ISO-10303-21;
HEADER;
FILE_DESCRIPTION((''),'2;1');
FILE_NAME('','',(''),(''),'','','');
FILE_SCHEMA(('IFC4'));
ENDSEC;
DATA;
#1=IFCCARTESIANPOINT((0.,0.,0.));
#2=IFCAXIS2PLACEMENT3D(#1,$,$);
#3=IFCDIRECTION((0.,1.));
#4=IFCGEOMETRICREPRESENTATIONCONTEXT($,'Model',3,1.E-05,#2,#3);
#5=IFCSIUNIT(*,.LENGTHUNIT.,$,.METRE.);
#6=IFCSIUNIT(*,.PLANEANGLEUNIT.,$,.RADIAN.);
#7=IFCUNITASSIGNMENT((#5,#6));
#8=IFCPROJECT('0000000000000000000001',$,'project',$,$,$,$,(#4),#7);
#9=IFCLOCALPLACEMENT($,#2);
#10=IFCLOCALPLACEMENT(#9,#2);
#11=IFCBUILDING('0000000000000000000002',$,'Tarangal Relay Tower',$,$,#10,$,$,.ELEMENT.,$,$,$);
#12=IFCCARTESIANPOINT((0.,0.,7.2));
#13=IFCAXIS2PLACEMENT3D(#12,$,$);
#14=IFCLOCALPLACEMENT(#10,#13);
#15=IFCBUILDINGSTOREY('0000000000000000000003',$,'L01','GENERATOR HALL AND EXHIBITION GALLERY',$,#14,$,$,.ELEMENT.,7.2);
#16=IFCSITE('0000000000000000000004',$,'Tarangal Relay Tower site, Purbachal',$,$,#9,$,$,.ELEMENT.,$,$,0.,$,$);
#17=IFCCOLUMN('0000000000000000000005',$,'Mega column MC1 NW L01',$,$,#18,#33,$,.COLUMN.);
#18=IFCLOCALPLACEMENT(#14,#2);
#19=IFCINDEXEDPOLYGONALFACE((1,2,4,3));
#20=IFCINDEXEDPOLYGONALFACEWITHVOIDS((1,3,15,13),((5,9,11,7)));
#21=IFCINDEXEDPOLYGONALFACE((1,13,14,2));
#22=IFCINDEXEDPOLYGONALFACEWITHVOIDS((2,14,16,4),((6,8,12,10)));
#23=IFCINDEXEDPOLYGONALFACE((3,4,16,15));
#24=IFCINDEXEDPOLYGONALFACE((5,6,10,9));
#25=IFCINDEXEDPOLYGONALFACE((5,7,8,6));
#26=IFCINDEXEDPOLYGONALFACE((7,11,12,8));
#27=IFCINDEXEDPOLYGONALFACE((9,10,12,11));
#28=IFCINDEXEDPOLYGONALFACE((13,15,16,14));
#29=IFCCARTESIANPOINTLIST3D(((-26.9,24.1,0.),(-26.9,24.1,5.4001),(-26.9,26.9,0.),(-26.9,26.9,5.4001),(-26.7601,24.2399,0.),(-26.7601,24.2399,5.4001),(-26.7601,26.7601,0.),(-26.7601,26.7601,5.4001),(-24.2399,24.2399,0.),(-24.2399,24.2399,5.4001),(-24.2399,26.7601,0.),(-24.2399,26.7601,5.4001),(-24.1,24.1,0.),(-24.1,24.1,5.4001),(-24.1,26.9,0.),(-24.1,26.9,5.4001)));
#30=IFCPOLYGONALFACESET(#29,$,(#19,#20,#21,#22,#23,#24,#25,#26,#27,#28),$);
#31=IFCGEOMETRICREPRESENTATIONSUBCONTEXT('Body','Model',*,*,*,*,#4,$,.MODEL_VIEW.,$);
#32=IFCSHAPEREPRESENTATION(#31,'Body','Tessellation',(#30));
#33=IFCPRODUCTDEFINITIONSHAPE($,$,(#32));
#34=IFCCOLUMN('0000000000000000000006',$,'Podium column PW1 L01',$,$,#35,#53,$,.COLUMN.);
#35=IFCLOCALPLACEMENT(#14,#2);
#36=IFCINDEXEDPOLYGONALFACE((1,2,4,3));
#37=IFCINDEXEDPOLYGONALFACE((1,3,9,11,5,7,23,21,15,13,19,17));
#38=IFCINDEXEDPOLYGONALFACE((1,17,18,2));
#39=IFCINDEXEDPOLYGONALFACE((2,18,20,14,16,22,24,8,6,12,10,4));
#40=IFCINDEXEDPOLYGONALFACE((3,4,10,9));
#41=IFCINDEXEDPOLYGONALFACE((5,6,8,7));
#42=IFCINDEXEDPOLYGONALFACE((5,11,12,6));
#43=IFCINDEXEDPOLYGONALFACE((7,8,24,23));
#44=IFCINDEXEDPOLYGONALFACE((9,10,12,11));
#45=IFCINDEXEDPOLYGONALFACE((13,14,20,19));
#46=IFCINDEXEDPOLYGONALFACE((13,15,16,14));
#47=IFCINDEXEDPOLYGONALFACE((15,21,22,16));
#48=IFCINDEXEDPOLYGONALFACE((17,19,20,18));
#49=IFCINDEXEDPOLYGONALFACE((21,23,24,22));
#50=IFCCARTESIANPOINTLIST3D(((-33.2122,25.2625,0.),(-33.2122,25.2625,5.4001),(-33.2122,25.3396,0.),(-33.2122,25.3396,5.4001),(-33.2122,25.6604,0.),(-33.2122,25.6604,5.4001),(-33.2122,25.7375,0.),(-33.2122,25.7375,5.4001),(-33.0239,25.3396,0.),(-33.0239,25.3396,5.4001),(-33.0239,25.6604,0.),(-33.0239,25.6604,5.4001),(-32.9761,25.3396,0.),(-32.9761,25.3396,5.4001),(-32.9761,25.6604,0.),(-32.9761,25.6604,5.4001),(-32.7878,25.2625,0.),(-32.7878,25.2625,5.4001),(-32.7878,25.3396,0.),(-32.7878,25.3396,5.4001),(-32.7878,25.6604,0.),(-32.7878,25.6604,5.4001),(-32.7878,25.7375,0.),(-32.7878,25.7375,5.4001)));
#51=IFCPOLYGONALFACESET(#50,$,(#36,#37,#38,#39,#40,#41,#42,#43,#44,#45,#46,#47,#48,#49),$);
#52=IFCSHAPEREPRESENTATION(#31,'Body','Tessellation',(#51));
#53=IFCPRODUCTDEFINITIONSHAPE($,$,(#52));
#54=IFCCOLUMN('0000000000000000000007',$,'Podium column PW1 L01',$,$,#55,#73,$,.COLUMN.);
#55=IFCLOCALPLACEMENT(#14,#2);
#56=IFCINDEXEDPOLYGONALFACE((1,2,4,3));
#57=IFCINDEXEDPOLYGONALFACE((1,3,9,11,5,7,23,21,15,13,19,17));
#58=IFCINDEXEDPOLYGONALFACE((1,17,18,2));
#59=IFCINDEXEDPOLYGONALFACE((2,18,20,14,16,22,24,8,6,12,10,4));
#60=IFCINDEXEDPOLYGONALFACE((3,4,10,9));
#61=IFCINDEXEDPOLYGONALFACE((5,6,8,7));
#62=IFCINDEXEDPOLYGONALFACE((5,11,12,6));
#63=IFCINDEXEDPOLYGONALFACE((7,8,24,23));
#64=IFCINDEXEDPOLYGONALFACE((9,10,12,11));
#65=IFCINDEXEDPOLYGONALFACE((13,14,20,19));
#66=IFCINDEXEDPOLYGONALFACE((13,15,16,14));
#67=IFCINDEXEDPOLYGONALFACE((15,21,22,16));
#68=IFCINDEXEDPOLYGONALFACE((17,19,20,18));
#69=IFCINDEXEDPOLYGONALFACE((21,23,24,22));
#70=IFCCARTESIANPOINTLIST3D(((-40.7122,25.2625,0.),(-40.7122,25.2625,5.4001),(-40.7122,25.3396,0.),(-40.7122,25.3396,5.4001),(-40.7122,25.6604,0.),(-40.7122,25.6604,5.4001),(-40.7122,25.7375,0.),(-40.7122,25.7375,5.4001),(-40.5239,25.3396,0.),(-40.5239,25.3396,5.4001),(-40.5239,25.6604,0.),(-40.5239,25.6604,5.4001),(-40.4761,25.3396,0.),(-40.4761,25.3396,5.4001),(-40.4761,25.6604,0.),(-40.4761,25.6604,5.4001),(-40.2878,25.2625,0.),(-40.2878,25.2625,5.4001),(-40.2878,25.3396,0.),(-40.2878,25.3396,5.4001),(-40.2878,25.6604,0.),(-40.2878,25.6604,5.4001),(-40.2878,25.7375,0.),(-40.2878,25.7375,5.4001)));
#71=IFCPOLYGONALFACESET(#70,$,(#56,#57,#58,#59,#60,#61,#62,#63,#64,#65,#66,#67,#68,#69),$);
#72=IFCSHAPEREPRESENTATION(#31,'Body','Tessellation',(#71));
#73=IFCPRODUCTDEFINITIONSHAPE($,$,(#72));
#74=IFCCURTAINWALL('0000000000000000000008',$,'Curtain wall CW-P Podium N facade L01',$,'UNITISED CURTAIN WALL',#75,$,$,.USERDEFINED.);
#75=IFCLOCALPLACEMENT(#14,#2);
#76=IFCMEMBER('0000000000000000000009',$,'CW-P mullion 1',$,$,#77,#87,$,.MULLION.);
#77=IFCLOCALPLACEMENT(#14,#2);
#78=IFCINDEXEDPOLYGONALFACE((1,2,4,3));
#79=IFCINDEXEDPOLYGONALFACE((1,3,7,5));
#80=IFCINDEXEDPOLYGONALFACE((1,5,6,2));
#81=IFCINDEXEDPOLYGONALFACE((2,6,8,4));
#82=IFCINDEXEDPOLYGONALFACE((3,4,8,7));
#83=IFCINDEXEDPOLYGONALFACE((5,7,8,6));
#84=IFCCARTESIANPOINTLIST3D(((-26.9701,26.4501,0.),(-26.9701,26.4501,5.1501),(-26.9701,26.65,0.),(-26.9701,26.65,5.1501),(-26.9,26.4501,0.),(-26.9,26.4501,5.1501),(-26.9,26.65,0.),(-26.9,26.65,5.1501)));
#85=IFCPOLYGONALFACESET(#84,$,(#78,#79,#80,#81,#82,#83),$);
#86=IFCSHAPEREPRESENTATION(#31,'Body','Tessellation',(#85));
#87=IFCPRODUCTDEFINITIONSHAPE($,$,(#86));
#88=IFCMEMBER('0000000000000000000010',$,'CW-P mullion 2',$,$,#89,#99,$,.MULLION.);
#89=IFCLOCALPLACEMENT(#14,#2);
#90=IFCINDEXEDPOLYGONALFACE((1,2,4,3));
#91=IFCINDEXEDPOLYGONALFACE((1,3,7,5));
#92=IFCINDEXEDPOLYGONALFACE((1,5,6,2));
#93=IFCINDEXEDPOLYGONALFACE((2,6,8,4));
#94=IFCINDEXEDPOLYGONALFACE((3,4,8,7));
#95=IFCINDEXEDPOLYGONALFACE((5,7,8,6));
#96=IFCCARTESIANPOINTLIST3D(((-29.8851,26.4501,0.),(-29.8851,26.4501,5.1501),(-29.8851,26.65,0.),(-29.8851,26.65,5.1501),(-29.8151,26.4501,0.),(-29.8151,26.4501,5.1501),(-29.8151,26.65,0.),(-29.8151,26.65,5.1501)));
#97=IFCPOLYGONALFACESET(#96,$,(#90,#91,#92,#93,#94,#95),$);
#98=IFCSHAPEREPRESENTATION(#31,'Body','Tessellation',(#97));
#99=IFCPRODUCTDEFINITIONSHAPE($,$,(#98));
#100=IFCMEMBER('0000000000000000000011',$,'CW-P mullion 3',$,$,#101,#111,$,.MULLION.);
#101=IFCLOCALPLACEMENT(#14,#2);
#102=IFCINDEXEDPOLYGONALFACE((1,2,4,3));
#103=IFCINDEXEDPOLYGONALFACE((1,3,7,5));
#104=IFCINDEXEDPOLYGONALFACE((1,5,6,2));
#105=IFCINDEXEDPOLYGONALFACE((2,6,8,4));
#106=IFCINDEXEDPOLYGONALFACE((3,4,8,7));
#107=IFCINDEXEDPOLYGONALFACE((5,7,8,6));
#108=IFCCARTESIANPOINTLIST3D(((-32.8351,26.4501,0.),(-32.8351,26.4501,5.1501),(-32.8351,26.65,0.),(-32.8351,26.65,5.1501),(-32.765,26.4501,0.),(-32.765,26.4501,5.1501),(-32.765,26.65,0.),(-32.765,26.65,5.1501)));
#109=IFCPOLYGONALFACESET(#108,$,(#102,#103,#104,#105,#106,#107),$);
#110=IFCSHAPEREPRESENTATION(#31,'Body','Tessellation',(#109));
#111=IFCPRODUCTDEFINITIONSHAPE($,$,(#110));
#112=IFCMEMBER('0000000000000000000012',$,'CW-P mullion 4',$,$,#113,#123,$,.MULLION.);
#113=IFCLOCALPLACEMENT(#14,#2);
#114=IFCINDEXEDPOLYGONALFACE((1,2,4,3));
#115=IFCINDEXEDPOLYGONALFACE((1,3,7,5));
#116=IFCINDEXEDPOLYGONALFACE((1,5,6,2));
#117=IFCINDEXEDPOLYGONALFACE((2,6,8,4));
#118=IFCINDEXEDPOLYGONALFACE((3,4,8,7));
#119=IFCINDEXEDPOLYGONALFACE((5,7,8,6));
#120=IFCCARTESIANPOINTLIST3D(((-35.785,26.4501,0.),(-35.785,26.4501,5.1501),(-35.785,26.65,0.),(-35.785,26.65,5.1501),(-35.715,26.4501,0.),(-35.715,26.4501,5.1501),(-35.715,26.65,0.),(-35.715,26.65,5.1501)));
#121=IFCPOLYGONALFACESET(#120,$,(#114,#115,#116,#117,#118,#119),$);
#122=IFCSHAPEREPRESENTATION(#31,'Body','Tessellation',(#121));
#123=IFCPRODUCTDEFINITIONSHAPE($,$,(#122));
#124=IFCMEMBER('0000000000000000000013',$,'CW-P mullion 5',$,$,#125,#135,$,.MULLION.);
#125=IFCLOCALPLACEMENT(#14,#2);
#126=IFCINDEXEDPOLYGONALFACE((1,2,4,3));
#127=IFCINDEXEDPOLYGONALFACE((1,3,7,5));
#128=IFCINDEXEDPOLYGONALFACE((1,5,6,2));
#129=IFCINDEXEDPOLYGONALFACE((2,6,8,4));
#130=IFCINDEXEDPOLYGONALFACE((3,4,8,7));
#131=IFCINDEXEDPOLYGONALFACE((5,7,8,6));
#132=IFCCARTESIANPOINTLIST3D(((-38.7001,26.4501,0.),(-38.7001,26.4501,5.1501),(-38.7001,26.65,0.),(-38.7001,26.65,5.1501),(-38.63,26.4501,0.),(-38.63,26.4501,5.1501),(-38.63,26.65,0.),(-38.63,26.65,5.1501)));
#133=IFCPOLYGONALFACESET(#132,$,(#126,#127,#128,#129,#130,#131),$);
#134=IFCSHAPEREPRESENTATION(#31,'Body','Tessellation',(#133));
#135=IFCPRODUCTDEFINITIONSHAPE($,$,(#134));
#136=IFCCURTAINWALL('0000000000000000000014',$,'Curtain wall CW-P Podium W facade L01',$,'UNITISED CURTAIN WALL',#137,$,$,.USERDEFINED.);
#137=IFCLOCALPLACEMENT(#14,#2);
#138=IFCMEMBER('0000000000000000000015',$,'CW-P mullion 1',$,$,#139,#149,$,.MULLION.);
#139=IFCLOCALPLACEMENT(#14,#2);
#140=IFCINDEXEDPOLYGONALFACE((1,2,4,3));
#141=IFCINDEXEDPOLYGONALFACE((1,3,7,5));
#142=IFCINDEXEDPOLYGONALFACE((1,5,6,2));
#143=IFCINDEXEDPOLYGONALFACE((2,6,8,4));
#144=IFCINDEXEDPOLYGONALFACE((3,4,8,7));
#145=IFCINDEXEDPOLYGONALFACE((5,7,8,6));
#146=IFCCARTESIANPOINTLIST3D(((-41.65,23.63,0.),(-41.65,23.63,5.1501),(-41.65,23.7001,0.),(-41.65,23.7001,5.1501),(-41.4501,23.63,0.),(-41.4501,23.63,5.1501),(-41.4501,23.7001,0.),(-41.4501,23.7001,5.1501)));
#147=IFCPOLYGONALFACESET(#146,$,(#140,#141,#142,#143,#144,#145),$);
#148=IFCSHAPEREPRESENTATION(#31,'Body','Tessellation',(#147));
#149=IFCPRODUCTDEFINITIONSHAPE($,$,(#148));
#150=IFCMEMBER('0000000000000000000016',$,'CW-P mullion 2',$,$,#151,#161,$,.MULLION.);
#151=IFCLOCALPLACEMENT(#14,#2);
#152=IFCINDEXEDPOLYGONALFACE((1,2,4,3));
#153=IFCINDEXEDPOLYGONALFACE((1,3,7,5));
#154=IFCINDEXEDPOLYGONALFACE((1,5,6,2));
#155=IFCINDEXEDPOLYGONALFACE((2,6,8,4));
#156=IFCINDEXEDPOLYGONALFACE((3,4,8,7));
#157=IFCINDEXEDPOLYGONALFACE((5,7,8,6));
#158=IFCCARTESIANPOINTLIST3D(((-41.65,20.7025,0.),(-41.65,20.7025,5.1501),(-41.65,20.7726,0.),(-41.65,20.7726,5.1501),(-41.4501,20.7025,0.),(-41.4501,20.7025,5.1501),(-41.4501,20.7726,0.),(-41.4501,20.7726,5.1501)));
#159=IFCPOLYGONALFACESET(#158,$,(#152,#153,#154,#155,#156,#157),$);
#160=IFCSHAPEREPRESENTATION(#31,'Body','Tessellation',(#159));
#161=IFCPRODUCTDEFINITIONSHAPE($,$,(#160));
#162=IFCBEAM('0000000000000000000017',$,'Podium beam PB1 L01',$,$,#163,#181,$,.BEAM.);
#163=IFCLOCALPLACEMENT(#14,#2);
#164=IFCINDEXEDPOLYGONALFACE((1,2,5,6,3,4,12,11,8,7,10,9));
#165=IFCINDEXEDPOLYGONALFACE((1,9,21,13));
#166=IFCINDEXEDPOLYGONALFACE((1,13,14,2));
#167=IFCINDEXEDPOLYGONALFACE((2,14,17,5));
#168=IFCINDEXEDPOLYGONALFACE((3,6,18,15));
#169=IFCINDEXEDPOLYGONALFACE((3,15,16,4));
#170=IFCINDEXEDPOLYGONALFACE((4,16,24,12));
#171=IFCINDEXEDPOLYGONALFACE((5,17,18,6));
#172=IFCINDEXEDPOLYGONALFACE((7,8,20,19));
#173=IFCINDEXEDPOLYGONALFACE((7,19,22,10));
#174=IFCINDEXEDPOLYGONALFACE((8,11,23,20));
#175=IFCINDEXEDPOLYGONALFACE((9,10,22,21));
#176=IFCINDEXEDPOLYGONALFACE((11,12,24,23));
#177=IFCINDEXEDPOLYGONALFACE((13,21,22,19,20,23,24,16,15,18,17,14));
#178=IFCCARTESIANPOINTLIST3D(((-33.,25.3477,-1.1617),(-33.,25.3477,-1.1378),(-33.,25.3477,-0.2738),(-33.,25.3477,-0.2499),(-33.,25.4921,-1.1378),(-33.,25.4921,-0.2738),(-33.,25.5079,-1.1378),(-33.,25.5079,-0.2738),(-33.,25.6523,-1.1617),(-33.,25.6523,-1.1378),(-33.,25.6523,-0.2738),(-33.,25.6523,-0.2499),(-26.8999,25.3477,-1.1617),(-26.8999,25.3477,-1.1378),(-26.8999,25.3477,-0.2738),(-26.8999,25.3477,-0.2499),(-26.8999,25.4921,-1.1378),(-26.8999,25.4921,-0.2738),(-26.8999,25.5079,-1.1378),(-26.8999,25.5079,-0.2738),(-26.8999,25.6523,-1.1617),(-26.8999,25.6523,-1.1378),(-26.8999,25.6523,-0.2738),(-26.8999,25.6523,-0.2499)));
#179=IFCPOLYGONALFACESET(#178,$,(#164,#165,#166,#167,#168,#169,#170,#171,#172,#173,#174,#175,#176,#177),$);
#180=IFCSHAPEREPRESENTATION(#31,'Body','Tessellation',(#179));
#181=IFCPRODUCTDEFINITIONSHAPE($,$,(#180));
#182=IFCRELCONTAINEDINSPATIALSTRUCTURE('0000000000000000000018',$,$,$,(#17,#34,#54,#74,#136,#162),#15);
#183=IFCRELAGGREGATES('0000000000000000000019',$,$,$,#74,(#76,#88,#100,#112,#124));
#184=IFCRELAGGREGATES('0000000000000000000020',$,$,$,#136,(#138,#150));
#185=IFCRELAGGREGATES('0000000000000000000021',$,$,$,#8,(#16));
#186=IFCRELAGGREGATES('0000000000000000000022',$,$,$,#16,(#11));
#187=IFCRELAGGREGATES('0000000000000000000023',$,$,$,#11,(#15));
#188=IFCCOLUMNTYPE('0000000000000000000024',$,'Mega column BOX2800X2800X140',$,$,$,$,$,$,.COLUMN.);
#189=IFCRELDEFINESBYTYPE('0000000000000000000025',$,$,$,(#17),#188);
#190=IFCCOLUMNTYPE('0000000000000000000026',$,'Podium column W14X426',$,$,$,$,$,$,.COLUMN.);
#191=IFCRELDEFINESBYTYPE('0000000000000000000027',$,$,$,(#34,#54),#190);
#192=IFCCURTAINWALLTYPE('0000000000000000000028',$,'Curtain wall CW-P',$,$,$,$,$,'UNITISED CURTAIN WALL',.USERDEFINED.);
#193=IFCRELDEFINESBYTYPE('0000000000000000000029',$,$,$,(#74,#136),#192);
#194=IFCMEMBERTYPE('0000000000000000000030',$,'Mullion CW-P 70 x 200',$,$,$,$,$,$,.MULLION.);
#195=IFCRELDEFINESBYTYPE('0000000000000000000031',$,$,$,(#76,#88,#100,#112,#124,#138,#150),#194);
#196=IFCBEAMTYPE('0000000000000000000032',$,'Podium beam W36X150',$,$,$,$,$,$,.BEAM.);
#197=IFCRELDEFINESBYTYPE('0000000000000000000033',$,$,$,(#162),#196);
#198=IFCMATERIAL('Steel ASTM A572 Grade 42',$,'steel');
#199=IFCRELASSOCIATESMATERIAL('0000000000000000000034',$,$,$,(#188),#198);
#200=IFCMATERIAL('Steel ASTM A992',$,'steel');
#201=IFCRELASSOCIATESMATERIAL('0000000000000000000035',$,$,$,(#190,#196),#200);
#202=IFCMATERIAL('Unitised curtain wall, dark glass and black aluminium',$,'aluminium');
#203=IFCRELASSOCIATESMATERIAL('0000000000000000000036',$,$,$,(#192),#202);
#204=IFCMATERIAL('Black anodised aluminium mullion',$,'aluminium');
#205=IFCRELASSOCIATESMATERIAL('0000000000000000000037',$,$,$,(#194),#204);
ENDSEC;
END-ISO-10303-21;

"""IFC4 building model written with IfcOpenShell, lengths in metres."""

from ifc_helpers import new_model, si_unit, direction, frame, origin, origin_2d, place, context, subcontext, project, spatial, rectangle, hollow_rectangle, i_section, extrude, material, material_profile, profile_set, type_object, element, aggregate, save


model = new_model("IFC4")

# Units and contexts
model_context = context("Model", 3, precision=1e-05, world=origin(), true_north=direction((0.0, 1.0)))
body_context = subcontext(model_context, "Body", "Model", "MODEL_VIEW")
ifc_project = project(units=[si_unit("LENGTHUNIT", "METRE"), si_unit("PLANEANGLEUNIT", "RADIAN")], contexts=[model_context])

# Site, building, storey
site_placement = place(None, origin())
site = spatial("IfcSite", under=ifc_project, at=site_placement, Name="Tarangal Relay Tower site, Purbachal", CompositionType="ELEMENT", RefElevation=0.0)
building_placement = place(site_placement, origin())
building = spatial("IfcBuilding", under=site, at=building_placement, Name="Tarangal Relay Tower", CompositionType="ELEMENT")
storey_placement = place(building_placement, frame((0.0, 0.0, 7.2)))
storey = spatial("IfcBuildingStorey", under=building, at=storey_placement, Name="L01", Description="GENERATOR HALL AND EXHIBITION GALLERY", CompositionType="ELEMENT", Elevation=7.2)

# Columns
ifc_material_1 = material(Name="Steel ASTM A572 Grade 42", Category="steel")
ifc_material_profile_1 = material_profile(ifc_material_1, hollow_rectangle(XDim=2.8, YDim=2.8, WallThickness=0.1399, at=origin_2d()), Name="BOX2800X2800X140")
ifc_profile_set_1 = profile_set([ifc_material_profile_1], Name="Steel ASTM A572 Grade 42")
column_type_1 = type_object("IfcColumnType", Name="Mega column BOX2800X2800X140", PredefinedType="COLUMN", material=ifc_profile_set_1)
column_placement = place(storey_placement, frame((-25.5, 25.5, 0.0), z_axis=(0.0, 0.0, 1.0), x_axis=(1.0, 0.0, 0.0)))
element("IfcColumn", 1, at=column_placement, inside=storey, type_object=column_type_1, Name="Mega column MC1 NW L01", PredefinedType="COLUMN", context=body_context, shape_type="SweptSolid", body=[
    extrude(hollow_rectangle(XDim=2.8, YDim=2.8, WallThickness=0.1399, at=origin_2d()), origin(), (0.0, 0.0, 1.0), 5.4001),
])
ifc_material_2 = material(Name="Steel ASTM A992", Category="steel")
ifc_material_profile_2 = material_profile(ifc_material_2, i_section(OverallWidth=0.4243, OverallDepth=0.4751, WebThickness=0.0479, FlangeThickness=0.0771, at=origin_2d()), Name="W14X426")
ifc_profile_set_2 = profile_set([ifc_material_profile_2], Name="Steel ASTM A992")
column_type_2 = type_object("IfcColumnType", Name="Podium column W14X426", PredefinedType="COLUMN", material=ifc_profile_set_2)
for number, where, z_axis, x_axis, name in (
    (2, (-33.0, 25.5, 0.0), (0.0, 0.0, 1.0), (1.0, 0.0, 0.0), "Podium column PW1 L01"),
    (3, (-40.5, 25.5, 0.0), (0.0, 0.0, 1.0), (1.0, 0.0, 0.0), "Podium column PW1 L01"),
):
    element("IfcColumn", number, at=place(storey_placement, frame(where, z_axis=z_axis, x_axis=x_axis)), inside=storey, type_object=column_type_2, Name=name, PredefinedType="COLUMN", context=body_context, shape_type="SweptSolid", body=[
        extrude(i_section(OverallWidth=0.4243, OverallDepth=0.4751, WebThickness=0.0479, FlangeThickness=0.0771, at=origin_2d()), origin(), (0.0, 0.0, 1.0), 5.4001),
    ])

# Curtain walls, members
ifc_material_3 = material(Name="Unitised curtain wall, dark glass and black aluminium", Category="aluminium")
curtain_wall_type = type_object("IfcCurtainWallType", Name="Curtain wall CW-P", ElementType="UNITISED CURTAIN WALL", PredefinedType="USERDEFINED", material=ifc_material_3)
curtain_wall_1_placement = place(storey_placement, origin())
curtain_wall_1 = element("IfcCurtainWall", 4, at=curtain_wall_1_placement, inside=storey, type_object=curtain_wall_type, Name="Curtain wall CW-P Podium N facade L01", ObjectType="UNITISED CURTAIN WALL", PredefinedType="USERDEFINED")
ifc_material_4 = material(Name="Black anodised aluminium mullion", Category="aluminium")
ifc_material_profile_3 = material_profile(ifc_material_4, rectangle(XDim=0.2, YDim=0.0701, at=origin_2d()), Name="CW-PM 70X200")
ifc_profile_set_3 = profile_set([ifc_material_profile_3], Name="Black anodised aluminium mullion")
member_type_1 = type_object("IfcMemberType", Name="Mullion CW-P 70 x 200", PredefinedType="MULLION", material=ifc_profile_set_3)
member_1_placement = place(storey_placement, frame((-26.9351, 26.55, 0.0), z_axis=(0.0, 0.0, 1.0), x_axis=(0.0, -1.0, 0.0)))
member_1 = element("IfcMember", 5, at=member_1_placement, type_object=member_type_1, Name="CW-P mullion 1", PredefinedType="MULLION", context=body_context, shape_type="SweptSolid", body=[
    extrude(rectangle(XDim=0.2, YDim=0.0701, at=origin_2d()), origin(), (0.0, 0.0, 1.0), 5.1501),
])
member_2_placement = place(storey_placement, frame((-29.8501, 26.55, 0.0), z_axis=(0.0, 0.0, 1.0), x_axis=(0.0, -1.0, 0.0)))
member_2 = element("IfcMember", 6, at=member_2_placement, type_object=member_type_1, Name="CW-P mullion 2", PredefinedType="MULLION", context=body_context, shape_type="SweptSolid", body=[
    extrude(rectangle(XDim=0.2, YDim=0.0701, at=origin_2d()), origin(), (0.0, 0.0, 1.0), 5.1501),
])
member_3_placement = place(storey_placement, frame((-32.8, 26.55, 0.0), z_axis=(0.0, 0.0, 1.0), x_axis=(0.0, -1.0, 0.0)))
member_3 = element("IfcMember", 7, at=member_3_placement, type_object=member_type_1, Name="CW-P mullion 3", PredefinedType="MULLION", context=body_context, shape_type="SweptSolid", body=[
    extrude(rectangle(XDim=0.2, YDim=0.0701, at=origin_2d()), origin(), (0.0, 0.0, 1.0), 5.1501),
])
member_4_placement = place(storey_placement, frame((-35.75, 26.55, 0.0), z_axis=(0.0, 0.0, 1.0), x_axis=(0.0, -1.0, 0.0)))
member_4 = element("IfcMember", 8, at=member_4_placement, type_object=member_type_1, Name="CW-P mullion 4", PredefinedType="MULLION", context=body_context, shape_type="SweptSolid", body=[
    extrude(rectangle(XDim=0.2, YDim=0.0701, at=origin_2d()), origin(), (0.0, 0.0, 1.0), 5.1501),
])
member_5_placement = place(storey_placement, frame((-38.665, 26.55, 0.0), z_axis=(0.0, 0.0, 1.0), x_axis=(0.0, -1.0, 0.0)))
member_5 = element("IfcMember", 9, at=member_5_placement, type_object=member_type_1, Name="CW-P mullion 5", PredefinedType="MULLION", context=body_context, shape_type="SweptSolid", body=[
    extrude(rectangle(XDim=0.2, YDim=0.0701, at=origin_2d()), origin(), (0.0, 0.0, 1.0), 5.1501),
])
curtain_wall_2_placement = place(storey_placement, origin())
curtain_wall_2 = element("IfcCurtainWall", 10, at=curtain_wall_2_placement, inside=storey, type_object=curtain_wall_type, Name="Curtain wall CW-P Podium W facade L01", ObjectType="UNITISED CURTAIN WALL", PredefinedType="USERDEFINED")
member_6_placement = place(storey_placement, frame((-41.55, 23.665, 0.0), z_axis=(0.0, 0.0, 1.0), x_axis=(1.0, 0.0, 0.0)))
member_6 = element("IfcMember", 11, at=member_6_placement, type_object=member_type_1, Name="CW-P mullion 1", PredefinedType="MULLION", context=body_context, shape_type="SweptSolid", body=[
    extrude(rectangle(XDim=0.2, YDim=0.0701, at=origin_2d()), origin(), (0.0, 0.0, 1.0), 5.1501),
])
member_7_placement = place(storey_placement, frame((-41.55, 20.7375, 0.0), z_axis=(0.0, 0.0, 1.0), x_axis=(1.0, 0.0, 0.0)))
member_7 = element("IfcMember", 12, at=member_7_placement, type_object=member_type_1, Name="CW-P mullion 2", PredefinedType="MULLION", context=body_context, shape_type="SweptSolid", body=[
    extrude(rectangle(XDim=0.2, YDim=0.0701, at=origin_2d()), origin(), (0.0, 0.0, 1.0), 5.1501),
])

# Beam
ifc_material_profile_4 = material_profile(ifc_material_2, i_section(OverallWidth=0.3047, OverallDepth=0.9119, WebThickness=0.0159, FlangeThickness=0.0239, at=origin_2d()), Name="W36X150")
ifc_profile_set_4 = profile_set([ifc_material_profile_4], Name="Steel ASTM A992")
beam_type_1 = type_object("IfcBeamType", Name="Podium beam W36X150", PredefinedType="BEAM", material=ifc_profile_set_4)
beam_1_placement = place(storey_placement, frame((-26.8999, 25.5, -0.7058), z_axis=(-1.0, 0.0, 0.0), x_axis=(0.0, -1.0, 0.0)))
element("IfcBeam", 13, at=beam_1_placement, inside=storey, type_object=beam_type_1, Name="Podium beam PB1 L01", PredefinedType="BEAM", context=body_context, shape_type="SweptSolid", body=[
    extrude(i_section(OverallWidth=0.3047, OverallDepth=0.9119, WebThickness=0.0159, FlangeThickness=0.0239, at=origin_2d()), origin(), (0.0, 0.0, 1.0), 6.1001),
])

aggregate(curtain_wall_1, [member_1, member_2, member_3, member_4, member_5])
aggregate(curtain_wall_2, [member_6, member_7])

save(model, "model.ifc")
